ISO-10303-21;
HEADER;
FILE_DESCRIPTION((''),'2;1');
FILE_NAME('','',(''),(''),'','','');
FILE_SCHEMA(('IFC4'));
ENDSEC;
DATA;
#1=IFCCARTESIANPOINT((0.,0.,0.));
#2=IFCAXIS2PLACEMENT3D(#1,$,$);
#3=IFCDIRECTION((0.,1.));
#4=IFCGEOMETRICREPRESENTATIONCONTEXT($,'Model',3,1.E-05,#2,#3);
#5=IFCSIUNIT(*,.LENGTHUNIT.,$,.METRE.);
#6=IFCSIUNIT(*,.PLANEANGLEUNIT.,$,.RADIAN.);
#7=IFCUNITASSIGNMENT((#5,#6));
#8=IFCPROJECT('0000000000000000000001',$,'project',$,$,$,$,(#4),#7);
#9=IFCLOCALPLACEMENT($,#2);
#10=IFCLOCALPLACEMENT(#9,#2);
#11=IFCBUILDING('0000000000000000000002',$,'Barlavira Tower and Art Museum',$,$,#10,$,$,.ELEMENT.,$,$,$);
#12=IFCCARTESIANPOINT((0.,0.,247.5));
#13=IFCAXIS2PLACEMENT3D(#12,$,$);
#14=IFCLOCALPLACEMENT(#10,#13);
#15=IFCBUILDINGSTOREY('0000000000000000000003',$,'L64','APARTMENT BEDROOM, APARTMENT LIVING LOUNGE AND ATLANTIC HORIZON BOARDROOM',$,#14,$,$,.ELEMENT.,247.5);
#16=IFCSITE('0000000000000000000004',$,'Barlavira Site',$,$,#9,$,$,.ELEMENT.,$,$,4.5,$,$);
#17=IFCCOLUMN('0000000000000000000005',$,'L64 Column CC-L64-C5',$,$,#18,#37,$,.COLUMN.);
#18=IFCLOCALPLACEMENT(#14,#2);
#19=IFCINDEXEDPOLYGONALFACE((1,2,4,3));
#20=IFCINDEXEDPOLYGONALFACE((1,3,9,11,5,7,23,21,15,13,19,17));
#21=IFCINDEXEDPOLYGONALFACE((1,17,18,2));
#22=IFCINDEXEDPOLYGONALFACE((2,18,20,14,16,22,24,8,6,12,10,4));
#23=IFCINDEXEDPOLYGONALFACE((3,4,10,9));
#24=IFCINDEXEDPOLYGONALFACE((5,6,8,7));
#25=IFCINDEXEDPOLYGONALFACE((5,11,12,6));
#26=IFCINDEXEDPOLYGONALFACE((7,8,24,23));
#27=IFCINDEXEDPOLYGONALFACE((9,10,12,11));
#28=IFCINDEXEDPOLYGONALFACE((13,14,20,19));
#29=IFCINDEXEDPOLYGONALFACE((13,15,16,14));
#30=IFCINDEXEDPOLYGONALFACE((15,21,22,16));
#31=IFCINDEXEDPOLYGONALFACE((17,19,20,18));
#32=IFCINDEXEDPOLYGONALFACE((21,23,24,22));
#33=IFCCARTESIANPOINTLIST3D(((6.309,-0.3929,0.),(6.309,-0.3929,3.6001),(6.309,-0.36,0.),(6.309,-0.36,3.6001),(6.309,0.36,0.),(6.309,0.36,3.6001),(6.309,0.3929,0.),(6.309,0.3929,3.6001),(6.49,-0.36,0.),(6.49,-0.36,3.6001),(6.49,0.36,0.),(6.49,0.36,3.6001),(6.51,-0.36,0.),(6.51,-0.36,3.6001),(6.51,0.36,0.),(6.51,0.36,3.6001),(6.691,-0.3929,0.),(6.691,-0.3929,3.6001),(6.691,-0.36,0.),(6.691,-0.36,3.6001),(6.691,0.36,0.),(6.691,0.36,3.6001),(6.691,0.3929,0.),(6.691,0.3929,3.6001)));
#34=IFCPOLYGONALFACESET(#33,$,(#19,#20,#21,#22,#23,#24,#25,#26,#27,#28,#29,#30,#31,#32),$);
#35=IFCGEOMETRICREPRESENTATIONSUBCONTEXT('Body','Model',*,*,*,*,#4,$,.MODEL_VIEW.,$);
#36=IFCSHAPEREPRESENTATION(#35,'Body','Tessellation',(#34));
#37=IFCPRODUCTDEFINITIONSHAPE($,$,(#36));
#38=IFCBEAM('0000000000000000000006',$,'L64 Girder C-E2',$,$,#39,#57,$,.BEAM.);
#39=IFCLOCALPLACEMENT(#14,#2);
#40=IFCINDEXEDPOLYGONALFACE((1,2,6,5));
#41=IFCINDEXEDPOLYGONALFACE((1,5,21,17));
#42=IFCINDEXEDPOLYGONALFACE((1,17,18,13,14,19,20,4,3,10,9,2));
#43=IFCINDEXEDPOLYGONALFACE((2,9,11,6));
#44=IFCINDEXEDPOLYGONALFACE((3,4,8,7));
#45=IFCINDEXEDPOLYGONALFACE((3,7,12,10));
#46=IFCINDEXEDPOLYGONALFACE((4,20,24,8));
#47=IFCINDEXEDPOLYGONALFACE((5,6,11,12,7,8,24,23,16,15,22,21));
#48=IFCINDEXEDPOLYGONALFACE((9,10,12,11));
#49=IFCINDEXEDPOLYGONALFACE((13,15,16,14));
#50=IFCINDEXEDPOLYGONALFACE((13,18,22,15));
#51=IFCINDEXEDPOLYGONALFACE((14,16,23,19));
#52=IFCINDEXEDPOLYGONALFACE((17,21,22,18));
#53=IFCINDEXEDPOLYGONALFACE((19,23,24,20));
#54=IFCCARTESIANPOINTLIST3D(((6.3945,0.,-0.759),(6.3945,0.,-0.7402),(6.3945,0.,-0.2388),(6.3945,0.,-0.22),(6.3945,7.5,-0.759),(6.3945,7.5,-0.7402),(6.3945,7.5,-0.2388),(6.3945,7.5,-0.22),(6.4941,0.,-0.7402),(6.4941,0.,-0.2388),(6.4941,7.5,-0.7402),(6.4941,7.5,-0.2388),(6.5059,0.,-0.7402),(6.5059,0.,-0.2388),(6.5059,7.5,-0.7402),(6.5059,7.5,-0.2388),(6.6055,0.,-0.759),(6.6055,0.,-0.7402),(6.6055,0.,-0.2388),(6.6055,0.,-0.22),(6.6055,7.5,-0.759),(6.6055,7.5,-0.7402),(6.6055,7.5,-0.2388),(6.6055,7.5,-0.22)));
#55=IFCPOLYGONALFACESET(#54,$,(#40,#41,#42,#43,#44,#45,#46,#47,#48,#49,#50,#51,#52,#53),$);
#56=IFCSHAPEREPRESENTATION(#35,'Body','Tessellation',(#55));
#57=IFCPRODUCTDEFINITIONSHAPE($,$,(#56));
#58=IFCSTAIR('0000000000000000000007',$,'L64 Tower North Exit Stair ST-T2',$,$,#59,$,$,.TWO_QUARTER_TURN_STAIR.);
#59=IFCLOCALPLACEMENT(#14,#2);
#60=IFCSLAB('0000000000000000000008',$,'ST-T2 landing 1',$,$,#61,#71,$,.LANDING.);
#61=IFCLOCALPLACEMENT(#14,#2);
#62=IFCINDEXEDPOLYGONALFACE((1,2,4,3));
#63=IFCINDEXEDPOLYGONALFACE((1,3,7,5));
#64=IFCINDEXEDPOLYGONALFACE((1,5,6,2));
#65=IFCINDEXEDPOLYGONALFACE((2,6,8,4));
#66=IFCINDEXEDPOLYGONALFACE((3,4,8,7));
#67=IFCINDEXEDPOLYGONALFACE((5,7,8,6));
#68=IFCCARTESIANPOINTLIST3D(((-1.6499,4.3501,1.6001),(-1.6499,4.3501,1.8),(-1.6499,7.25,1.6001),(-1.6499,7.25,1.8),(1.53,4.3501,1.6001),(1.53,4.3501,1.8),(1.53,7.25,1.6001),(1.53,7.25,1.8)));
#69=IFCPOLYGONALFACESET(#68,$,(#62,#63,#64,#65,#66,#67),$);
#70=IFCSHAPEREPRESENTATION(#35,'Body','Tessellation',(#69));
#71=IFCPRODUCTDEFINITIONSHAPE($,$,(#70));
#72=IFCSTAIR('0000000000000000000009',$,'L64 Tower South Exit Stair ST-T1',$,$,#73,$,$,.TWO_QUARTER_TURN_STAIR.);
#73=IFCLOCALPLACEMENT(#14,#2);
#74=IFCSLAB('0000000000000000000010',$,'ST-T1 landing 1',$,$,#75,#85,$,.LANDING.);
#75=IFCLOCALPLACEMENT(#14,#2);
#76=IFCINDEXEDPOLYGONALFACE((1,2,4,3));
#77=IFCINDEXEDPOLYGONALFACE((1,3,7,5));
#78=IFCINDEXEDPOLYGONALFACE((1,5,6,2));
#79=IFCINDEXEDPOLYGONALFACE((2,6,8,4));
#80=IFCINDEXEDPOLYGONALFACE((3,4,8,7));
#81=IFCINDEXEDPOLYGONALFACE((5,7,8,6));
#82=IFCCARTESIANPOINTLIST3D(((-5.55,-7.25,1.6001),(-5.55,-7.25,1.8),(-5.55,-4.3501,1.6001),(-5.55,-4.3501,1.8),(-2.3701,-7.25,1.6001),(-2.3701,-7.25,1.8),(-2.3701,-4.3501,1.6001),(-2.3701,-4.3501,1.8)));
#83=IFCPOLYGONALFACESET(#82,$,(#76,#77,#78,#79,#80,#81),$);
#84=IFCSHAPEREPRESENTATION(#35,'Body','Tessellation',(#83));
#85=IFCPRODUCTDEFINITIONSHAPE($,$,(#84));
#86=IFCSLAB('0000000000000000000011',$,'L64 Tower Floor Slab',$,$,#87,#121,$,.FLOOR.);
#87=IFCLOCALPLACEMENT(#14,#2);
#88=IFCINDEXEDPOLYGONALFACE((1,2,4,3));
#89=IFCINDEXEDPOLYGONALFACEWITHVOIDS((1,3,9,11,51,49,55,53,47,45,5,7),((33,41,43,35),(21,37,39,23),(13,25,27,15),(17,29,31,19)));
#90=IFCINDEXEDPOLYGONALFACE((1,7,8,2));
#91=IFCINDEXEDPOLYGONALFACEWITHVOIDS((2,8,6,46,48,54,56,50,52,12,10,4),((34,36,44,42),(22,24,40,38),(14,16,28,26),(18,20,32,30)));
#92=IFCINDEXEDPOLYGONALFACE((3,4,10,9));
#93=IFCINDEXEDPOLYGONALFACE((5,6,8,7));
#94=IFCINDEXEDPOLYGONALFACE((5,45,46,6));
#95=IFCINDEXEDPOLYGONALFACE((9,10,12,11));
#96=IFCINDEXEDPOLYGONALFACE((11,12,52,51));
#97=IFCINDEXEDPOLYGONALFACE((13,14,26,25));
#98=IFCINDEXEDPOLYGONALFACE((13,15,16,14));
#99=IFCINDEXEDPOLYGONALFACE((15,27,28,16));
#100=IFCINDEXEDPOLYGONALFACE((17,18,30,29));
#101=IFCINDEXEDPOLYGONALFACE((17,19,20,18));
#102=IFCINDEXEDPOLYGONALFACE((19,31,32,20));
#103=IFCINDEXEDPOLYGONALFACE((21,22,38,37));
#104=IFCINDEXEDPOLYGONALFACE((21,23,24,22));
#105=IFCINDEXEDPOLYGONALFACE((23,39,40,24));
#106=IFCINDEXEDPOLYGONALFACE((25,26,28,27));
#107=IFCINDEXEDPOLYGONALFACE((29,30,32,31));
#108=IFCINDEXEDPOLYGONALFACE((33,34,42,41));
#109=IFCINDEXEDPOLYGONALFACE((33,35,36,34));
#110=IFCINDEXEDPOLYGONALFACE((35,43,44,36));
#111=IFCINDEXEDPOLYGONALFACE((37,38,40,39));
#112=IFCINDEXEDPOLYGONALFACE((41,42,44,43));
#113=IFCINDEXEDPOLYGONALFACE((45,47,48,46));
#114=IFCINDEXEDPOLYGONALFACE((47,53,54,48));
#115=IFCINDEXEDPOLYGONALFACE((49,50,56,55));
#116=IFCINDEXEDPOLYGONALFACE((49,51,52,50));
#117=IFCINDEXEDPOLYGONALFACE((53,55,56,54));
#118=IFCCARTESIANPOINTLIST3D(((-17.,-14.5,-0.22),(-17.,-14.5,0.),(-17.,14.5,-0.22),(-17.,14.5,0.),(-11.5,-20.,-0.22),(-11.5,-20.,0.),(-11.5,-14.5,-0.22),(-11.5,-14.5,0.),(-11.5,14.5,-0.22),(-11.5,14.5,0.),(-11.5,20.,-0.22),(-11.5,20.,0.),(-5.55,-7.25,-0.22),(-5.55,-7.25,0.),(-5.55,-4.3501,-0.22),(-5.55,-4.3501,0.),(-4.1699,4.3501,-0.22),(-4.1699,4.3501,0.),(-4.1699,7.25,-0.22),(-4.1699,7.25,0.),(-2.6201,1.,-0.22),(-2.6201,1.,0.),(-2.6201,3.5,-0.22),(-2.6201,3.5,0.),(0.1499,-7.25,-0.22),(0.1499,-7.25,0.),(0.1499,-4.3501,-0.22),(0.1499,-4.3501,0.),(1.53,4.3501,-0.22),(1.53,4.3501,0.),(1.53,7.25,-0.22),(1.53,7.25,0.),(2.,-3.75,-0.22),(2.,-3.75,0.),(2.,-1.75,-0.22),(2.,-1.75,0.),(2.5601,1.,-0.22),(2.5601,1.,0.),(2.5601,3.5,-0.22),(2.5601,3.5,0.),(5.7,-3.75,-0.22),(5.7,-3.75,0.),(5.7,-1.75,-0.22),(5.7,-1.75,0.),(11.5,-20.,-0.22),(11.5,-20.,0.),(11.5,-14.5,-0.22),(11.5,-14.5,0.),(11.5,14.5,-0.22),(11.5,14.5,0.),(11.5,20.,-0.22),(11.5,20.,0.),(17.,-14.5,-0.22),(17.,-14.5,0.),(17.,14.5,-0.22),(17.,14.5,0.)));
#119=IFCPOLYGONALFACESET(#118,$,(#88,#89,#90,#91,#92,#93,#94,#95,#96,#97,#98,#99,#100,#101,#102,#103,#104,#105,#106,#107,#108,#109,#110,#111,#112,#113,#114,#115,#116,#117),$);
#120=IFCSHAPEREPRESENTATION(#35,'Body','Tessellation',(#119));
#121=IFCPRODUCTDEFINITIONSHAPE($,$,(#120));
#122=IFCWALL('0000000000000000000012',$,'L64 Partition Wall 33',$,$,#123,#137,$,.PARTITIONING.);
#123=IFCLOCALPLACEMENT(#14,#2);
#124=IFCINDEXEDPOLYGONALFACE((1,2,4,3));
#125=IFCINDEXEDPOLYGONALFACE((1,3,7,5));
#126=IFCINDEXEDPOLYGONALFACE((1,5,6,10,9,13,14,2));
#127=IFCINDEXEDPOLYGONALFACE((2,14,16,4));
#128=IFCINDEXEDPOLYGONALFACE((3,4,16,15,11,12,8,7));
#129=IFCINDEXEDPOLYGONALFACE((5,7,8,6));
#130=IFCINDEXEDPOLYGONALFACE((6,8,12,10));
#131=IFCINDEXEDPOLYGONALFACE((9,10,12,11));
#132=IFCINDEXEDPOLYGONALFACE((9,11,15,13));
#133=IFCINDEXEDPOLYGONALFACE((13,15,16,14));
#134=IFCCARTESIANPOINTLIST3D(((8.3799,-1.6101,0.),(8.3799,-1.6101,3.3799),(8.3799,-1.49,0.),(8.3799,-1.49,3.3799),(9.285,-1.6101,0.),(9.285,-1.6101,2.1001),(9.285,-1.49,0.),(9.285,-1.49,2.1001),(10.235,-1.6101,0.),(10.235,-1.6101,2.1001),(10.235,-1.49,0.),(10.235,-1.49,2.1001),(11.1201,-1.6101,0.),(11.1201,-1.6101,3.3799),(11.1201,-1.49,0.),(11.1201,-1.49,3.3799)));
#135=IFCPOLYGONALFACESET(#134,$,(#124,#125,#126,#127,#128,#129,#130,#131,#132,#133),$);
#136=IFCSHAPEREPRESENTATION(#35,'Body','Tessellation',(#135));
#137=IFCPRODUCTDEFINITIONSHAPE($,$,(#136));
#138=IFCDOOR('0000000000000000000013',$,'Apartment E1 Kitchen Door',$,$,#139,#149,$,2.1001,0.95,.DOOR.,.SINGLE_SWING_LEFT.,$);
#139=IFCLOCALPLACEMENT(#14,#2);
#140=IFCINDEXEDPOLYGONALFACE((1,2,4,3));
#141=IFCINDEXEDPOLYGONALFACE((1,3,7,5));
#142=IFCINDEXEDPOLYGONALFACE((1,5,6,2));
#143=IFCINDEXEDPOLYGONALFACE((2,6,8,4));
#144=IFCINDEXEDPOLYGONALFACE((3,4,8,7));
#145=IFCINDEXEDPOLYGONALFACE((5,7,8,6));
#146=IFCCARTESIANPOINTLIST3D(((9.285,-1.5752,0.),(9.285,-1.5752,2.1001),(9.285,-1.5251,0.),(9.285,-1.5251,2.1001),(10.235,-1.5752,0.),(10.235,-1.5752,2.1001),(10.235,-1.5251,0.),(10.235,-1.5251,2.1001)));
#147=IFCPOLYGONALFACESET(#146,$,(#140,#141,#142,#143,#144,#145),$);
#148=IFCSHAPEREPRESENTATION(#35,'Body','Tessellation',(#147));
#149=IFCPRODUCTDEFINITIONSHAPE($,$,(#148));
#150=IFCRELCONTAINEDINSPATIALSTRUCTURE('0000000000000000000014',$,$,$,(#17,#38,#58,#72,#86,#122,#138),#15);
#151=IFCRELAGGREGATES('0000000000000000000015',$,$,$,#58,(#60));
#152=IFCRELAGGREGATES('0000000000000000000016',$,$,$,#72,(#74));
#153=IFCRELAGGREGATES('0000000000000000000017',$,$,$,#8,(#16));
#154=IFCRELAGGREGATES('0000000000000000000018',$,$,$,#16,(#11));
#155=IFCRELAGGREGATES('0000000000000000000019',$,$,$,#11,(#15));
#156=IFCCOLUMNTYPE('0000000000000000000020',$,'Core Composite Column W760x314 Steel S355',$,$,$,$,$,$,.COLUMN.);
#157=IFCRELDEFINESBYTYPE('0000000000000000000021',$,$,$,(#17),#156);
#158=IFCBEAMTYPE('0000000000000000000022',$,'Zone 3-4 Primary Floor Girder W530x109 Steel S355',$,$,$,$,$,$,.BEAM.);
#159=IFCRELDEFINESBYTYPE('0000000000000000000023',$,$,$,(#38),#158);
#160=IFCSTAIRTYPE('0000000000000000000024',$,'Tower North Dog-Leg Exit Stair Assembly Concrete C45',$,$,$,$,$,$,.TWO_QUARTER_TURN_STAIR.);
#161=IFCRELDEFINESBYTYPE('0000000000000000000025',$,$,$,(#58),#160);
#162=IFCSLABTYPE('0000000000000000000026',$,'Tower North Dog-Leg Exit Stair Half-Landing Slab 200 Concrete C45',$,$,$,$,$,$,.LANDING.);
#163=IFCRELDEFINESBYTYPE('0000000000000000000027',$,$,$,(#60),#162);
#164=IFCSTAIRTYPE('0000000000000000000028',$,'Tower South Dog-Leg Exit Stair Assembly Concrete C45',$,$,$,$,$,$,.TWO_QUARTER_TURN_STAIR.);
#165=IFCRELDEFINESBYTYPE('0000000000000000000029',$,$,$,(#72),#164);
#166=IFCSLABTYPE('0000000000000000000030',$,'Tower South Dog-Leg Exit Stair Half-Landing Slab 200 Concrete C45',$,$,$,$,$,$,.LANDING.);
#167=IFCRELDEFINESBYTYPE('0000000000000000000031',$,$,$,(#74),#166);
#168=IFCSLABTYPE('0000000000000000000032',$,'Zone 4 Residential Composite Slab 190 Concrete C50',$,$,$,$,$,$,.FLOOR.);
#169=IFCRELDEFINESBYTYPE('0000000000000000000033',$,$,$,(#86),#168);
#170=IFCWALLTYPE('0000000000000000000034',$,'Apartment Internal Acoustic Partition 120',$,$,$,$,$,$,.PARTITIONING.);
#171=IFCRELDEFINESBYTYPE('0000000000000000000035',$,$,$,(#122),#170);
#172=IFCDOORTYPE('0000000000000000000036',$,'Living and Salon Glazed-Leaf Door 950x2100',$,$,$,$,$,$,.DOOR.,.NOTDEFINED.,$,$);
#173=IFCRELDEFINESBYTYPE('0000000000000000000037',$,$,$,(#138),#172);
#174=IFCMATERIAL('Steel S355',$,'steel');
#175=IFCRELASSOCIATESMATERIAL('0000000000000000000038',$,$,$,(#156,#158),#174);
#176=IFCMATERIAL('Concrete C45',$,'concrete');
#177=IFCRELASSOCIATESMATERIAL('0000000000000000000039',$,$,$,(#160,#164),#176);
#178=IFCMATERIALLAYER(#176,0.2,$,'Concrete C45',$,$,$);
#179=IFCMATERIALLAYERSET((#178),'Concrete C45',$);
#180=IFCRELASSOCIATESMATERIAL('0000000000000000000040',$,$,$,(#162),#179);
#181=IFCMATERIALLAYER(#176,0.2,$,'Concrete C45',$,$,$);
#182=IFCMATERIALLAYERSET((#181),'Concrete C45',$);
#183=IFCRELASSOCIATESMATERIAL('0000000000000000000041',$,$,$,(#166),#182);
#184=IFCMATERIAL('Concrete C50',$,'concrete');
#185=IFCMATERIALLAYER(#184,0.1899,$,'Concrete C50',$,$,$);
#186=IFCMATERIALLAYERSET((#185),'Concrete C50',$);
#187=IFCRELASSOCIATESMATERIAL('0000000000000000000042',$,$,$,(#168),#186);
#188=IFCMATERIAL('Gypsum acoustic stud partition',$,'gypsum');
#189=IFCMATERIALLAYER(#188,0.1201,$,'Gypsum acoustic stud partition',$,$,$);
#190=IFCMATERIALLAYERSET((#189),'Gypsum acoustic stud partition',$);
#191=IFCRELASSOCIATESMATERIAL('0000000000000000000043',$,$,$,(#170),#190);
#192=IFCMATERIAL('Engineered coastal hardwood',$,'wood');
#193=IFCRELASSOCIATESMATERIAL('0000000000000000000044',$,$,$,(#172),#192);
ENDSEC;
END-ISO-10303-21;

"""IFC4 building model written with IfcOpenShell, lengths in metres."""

from ifc_helpers import new_model, si_unit, direction, frame, frame_2d, origin, origin_2d, place, context, subcontext, project, spatial, polyline, rectangle, i_section, outline, extrude, material, layer, layer_set, material_profile, profile_set, type_object, element, fill, aggregate, save


model = new_model("IFC4")

# Units and contexts
model_context = context("Model", 3, precision=1e-05, world=origin(), true_north=direction((0.0, 1.0)))
body_context = subcontext(model_context, "Body", "Model", "MODEL_VIEW")
ifc_project = project(units=[si_unit("LENGTHUNIT", "METRE"), si_unit("PLANEANGLEUNIT", "RADIAN")], contexts=[model_context])

# Site, building, storey
site_placement = place(None, origin())
site = spatial("IfcSite", under=ifc_project, at=site_placement, Name="Barlavira Site", CompositionType="ELEMENT", RefElevation=4.5)
building_placement = place(site_placement, origin())
building = spatial("IfcBuilding", under=site, at=building_placement, Name="Barlavira Tower and Art Museum", CompositionType="ELEMENT")
storey_placement = place(building_placement, frame((0.0, 0.0, 247.5)))
storey = spatial("IfcBuildingStorey", under=building, at=storey_placement, Name="L64", Description="APARTMENT BEDROOM, APARTMENT LIVING LOUNGE AND ATLANTIC HORIZON BOARDROOM", CompositionType="ELEMENT", Elevation=247.5)

# Column
ifc_material_1 = material(Name="Steel S355", Category="steel")
ifc_material_profile_1 = material_profile(ifc_material_1, i_section(OverallWidth=0.3821, OverallDepth=0.7859, WebThickness=0.02, FlangeThickness=0.033, at=origin_2d()), Name="W760x314.0")
ifc_profile_set_1 = profile_set([ifc_material_profile_1], Name="Steel S355")
column_type = type_object("IfcColumnType", Name="Core Composite Column W760x314 Steel S355", PredefinedType="COLUMN", material=ifc_profile_set_1)
column_placement = place(storey_placement, frame((6.5, 0.0, 0.0), z_axis=(0.0, 0.0, 1.0), x_axis=(1.0, 0.0, 0.0)))
element("IfcColumn", 1, at=column_placement, inside=storey, type_object=column_type, Name="L64 Column CC-L64-C5", PredefinedType="COLUMN", context=body_context, shape_type="SweptSolid", body=[
    extrude(i_section(OverallWidth=0.3821, OverallDepth=0.7859, WebThickness=0.02, FlangeThickness=0.033, at=origin_2d()), origin(), (0.0, 0.0, 1.0), 3.6001),
])

# Beam
ifc_material_profile_2 = material_profile(ifc_material_1, i_section(OverallWidth=0.2109, OverallDepth=0.5391, WebThickness=0.0117, FlangeThickness=0.0188, at=origin_2d()), Name="W530x109.0")
ifc_profile_set_2 = profile_set([ifc_material_profile_2], Name="Steel S355")
beam_type = type_object("IfcBeamType", Name="Zone 3-4 Primary Floor Girder W530x109 Steel S355", PredefinedType="BEAM", material=ifc_profile_set_2)
beam_placement = place(storey_placement, frame((6.5, 0.0, -0.4895), z_axis=(0.0, 1.0, 0.0), x_axis=(-1.0, 0.0, 0.0)))
element("IfcBeam", 2, at=beam_placement, inside=storey, type_object=beam_type, Name="L64 Girder C-E2", PredefinedType="BEAM", context=body_context, shape_type="SweptSolid", body=[
    extrude(i_section(OverallWidth=0.2109, OverallDepth=0.5391, WebThickness=0.0117, FlangeThickness=0.0188, at=origin_2d()), origin(), (0.0, 0.0, 1.0), 7.5),
])

# Stairs, slabs
ifc_material_2 = material(Name="Concrete C45", Category="concrete")
stair_type_1 = type_object("IfcStairType", Name="Tower North Dog-Leg Exit Stair Assembly Concrete C45", PredefinedType="TWO_QUARTER_TURN_STAIR", material=ifc_material_2)
stair_1_placement = place(storey_placement, origin())
stair_1 = element("IfcStair", 3, at=stair_1_placement, inside=storey, type_object=stair_type_1, Name="L64 Tower North Exit Stair ST-T2", PredefinedType="TWO_QUARTER_TURN_STAIR")
ifc_layer_1 = layer(ifc_material_2, 0.2, Name="Concrete C45")
ifc_layer_set_1 = layer_set([ifc_layer_1], Name="Concrete C45")
slab_type_1 = type_object("IfcSlabType", Name="Tower North Dog-Leg Exit Stair Half-Landing Slab 200 Concrete C45", PredefinedType="LANDING", material=ifc_layer_set_1)
slab_1_placement = place(storey_placement, frame((0.0, 0.0, 1.6001)))
slab_1 = element("IfcSlab", 4, at=slab_1_placement, type_object=slab_type_1, Name="ST-T2 landing 1", PredefinedType="LANDING", context=body_context, shape_type="SweptSolid", body=[
    extrude(outline(polyline([(-1.6499, 4.3501), (1.53, 4.3501), (1.53, 7.25), (-1.6499, 7.25), (-1.6499, 4.3501)])), origin(), (0.0, 0.0, 1.0), 0.2),
])
aggregate(stair_1, [slab_1])
stair_type_2 = type_object("IfcStairType", Name="Tower South Dog-Leg Exit Stair Assembly Concrete C45", PredefinedType="TWO_QUARTER_TURN_STAIR", material=ifc_material_2)
stair_2_placement = place(storey_placement, origin())
stair_2 = element("IfcStair", 5, at=stair_2_placement, inside=storey, type_object=stair_type_2, Name="L64 Tower South Exit Stair ST-T1", PredefinedType="TWO_QUARTER_TURN_STAIR")
ifc_layer_2 = layer(ifc_material_2, 0.2, Name="Concrete C45")
ifc_layer_set_2 = layer_set([ifc_layer_2], Name="Concrete C45")
slab_type_2 = type_object("IfcSlabType", Name="Tower South Dog-Leg Exit Stair Half-Landing Slab 200 Concrete C45", PredefinedType="LANDING", material=ifc_layer_set_2)
slab_2_placement = place(storey_placement, frame((0.0, 0.0, 1.6001)))
slab_2 = element("IfcSlab", 6, at=slab_2_placement, type_object=slab_type_2, Name="ST-T1 landing 1", PredefinedType="LANDING", context=body_context, shape_type="SweptSolid", body=[
    extrude(outline(polyline([(-2.3701, -4.3501), (-5.55, -4.3501), (-5.55, -7.25), (-2.3701, -7.25), (-2.3701, -4.3501)])), origin(), (0.0, 0.0, 1.0), 0.2),
])

# Slab
ifc_material_3 = material(Name="Concrete C50", Category="concrete")
ifc_layer_3 = layer(ifc_material_3, 0.1899, Name="Concrete C50")
ifc_layer_set_3 = layer_set([ifc_layer_3], Name="Concrete C50")
slab_type_3 = type_object("IfcSlabType", Name="Zone 4 Residential Composite Slab 190 Concrete C50", PredefinedType="FLOOR", material=ifc_layer_set_3)
slab_3_placement = place(storey_placement, frame((0.0, 0.0, -0.22)))
element("IfcSlab", 7, at=slab_3_placement, inside=storey, type_object=slab_type_3, Name="L64 Tower Floor Slab", PredefinedType="FLOOR", context=body_context, shape_type="SweptSolid", body=[
    extrude(outline(polyline([(-11.5, -20.0), (11.5, -20.0), (11.5, -14.5), (17.0, -14.5), (17.0, 14.5), (11.5, 14.5), (11.5, 20.0), (-11.5, 20.0), (-11.5, 14.5), (-17.0, 14.5), (-17.0, -14.5), (-11.5, -14.5), (-11.5, -20.0)]), holes=[polyline([(0.1499, -4.3501), (-5.55, -4.3501), (-5.55, -7.25), (0.1499, -7.25), (0.1499, -4.3501)]), polyline([(-4.1699, 4.3501), (1.53, 4.3501), (1.53, 7.25), (-4.1699, 7.25), (-4.1699, 4.3501)]), polyline([(-2.6201, 1.0), (2.5601, 1.0), (2.5601, 3.5), (-2.6201, 3.5), (-2.6201, 1.0)]), polyline([(2.0, -3.75), (5.7, -3.75), (5.7, -1.75), (2.0, -1.75), (2.0, -3.75)])]), origin(), (0.0, 0.0, 1.0), 0.22),
])

# Wall, opening, door
ifc_material_4 = material(Name="Gypsum acoustic stud partition", Category="gypsum")
ifc_layer_4 = layer(ifc_material_4, 0.1201, Name="Gypsum acoustic stud partition")
ifc_layer_set_4 = layer_set([ifc_layer_4], Name="Gypsum acoustic stud partition")
wall_type_1 = type_object("IfcWallType", Name="Apartment Internal Acoustic Partition 120", PredefinedType="PARTITIONING", material=ifc_layer_set_4)
wall_1_placement = place(storey_placement, frame((8.3799, -1.55, 0.0), z_axis=(0.0, 0.0, 1.0), x_axis=(1.0, 0.0, 0.0)))
wall_1 = element("IfcWall", 8, at=wall_1_placement, inside=storey, type_object=wall_type_1, Name="L64 Partition Wall 33", PredefinedType="PARTITIONING", context=body_context, shape_type="SweptSolid", body=[
    extrude(rectangle(XDim=2.7402, YDim=0.1201, at=frame_2d((1.3701, 0.0))), origin(), (0.0, 0.0, 1.0), 3.3799),
])
opening_1_placement = place(wall_1_placement, frame((0.905, 0.0, 0.0)))
opening_1 = element("IfcOpeningElement", 9, at=opening_1_placement, cuts=wall_1, PredefinedType="OPENING", context=body_context, shape_type="SweptSolid", body=[
    extrude(rectangle(XDim=0.95, YDim=2.1001, at=frame_2d((0.4751, 1.05))), frame((0.0, 0.0701, 0.0), z_axis=(0.0, -1.0, 0.0), x_axis=(1.0, 0.0, 0.0)), (0.0, 0.0, 1.0), 0.1401),
])
ifc_material_5 = material(Name="Engineered coastal hardwood", Category="wood")
door_type_1 = type_object("IfcDoorType", Name="Living and Salon Glazed-Leaf Door 950x2100", OperationType="NOTDEFINED", PredefinedType="DOOR", material=ifc_material_5)
door_1_placement = place(opening_1_placement, origin())
door_1 = element("IfcDoor", 10, at=door_1_placement, inside=storey, type_object=door_type_1, Name="Apartment E1 Kitchen Door", OperationType="SINGLE_SWING_LEFT", OverallHeight=2.1001, OverallWidth=0.95, PredefinedType="DOOR", context=body_context, shape_type="SweptSolid", body=[
    extrude(rectangle(XDim=0.95, YDim=2.1001, at=frame_2d((0.4751, 1.05))), frame((0.0, 0.0249, 0.0), z_axis=(0.0, -1.0, 0.0), x_axis=(1.0, 0.0, 0.0)), (0.0, 0.0, 1.0), 0.05),
])
fill(opening_1, door_1)

aggregate(stair_2, [slab_2])

save(model, "model.ifc")
